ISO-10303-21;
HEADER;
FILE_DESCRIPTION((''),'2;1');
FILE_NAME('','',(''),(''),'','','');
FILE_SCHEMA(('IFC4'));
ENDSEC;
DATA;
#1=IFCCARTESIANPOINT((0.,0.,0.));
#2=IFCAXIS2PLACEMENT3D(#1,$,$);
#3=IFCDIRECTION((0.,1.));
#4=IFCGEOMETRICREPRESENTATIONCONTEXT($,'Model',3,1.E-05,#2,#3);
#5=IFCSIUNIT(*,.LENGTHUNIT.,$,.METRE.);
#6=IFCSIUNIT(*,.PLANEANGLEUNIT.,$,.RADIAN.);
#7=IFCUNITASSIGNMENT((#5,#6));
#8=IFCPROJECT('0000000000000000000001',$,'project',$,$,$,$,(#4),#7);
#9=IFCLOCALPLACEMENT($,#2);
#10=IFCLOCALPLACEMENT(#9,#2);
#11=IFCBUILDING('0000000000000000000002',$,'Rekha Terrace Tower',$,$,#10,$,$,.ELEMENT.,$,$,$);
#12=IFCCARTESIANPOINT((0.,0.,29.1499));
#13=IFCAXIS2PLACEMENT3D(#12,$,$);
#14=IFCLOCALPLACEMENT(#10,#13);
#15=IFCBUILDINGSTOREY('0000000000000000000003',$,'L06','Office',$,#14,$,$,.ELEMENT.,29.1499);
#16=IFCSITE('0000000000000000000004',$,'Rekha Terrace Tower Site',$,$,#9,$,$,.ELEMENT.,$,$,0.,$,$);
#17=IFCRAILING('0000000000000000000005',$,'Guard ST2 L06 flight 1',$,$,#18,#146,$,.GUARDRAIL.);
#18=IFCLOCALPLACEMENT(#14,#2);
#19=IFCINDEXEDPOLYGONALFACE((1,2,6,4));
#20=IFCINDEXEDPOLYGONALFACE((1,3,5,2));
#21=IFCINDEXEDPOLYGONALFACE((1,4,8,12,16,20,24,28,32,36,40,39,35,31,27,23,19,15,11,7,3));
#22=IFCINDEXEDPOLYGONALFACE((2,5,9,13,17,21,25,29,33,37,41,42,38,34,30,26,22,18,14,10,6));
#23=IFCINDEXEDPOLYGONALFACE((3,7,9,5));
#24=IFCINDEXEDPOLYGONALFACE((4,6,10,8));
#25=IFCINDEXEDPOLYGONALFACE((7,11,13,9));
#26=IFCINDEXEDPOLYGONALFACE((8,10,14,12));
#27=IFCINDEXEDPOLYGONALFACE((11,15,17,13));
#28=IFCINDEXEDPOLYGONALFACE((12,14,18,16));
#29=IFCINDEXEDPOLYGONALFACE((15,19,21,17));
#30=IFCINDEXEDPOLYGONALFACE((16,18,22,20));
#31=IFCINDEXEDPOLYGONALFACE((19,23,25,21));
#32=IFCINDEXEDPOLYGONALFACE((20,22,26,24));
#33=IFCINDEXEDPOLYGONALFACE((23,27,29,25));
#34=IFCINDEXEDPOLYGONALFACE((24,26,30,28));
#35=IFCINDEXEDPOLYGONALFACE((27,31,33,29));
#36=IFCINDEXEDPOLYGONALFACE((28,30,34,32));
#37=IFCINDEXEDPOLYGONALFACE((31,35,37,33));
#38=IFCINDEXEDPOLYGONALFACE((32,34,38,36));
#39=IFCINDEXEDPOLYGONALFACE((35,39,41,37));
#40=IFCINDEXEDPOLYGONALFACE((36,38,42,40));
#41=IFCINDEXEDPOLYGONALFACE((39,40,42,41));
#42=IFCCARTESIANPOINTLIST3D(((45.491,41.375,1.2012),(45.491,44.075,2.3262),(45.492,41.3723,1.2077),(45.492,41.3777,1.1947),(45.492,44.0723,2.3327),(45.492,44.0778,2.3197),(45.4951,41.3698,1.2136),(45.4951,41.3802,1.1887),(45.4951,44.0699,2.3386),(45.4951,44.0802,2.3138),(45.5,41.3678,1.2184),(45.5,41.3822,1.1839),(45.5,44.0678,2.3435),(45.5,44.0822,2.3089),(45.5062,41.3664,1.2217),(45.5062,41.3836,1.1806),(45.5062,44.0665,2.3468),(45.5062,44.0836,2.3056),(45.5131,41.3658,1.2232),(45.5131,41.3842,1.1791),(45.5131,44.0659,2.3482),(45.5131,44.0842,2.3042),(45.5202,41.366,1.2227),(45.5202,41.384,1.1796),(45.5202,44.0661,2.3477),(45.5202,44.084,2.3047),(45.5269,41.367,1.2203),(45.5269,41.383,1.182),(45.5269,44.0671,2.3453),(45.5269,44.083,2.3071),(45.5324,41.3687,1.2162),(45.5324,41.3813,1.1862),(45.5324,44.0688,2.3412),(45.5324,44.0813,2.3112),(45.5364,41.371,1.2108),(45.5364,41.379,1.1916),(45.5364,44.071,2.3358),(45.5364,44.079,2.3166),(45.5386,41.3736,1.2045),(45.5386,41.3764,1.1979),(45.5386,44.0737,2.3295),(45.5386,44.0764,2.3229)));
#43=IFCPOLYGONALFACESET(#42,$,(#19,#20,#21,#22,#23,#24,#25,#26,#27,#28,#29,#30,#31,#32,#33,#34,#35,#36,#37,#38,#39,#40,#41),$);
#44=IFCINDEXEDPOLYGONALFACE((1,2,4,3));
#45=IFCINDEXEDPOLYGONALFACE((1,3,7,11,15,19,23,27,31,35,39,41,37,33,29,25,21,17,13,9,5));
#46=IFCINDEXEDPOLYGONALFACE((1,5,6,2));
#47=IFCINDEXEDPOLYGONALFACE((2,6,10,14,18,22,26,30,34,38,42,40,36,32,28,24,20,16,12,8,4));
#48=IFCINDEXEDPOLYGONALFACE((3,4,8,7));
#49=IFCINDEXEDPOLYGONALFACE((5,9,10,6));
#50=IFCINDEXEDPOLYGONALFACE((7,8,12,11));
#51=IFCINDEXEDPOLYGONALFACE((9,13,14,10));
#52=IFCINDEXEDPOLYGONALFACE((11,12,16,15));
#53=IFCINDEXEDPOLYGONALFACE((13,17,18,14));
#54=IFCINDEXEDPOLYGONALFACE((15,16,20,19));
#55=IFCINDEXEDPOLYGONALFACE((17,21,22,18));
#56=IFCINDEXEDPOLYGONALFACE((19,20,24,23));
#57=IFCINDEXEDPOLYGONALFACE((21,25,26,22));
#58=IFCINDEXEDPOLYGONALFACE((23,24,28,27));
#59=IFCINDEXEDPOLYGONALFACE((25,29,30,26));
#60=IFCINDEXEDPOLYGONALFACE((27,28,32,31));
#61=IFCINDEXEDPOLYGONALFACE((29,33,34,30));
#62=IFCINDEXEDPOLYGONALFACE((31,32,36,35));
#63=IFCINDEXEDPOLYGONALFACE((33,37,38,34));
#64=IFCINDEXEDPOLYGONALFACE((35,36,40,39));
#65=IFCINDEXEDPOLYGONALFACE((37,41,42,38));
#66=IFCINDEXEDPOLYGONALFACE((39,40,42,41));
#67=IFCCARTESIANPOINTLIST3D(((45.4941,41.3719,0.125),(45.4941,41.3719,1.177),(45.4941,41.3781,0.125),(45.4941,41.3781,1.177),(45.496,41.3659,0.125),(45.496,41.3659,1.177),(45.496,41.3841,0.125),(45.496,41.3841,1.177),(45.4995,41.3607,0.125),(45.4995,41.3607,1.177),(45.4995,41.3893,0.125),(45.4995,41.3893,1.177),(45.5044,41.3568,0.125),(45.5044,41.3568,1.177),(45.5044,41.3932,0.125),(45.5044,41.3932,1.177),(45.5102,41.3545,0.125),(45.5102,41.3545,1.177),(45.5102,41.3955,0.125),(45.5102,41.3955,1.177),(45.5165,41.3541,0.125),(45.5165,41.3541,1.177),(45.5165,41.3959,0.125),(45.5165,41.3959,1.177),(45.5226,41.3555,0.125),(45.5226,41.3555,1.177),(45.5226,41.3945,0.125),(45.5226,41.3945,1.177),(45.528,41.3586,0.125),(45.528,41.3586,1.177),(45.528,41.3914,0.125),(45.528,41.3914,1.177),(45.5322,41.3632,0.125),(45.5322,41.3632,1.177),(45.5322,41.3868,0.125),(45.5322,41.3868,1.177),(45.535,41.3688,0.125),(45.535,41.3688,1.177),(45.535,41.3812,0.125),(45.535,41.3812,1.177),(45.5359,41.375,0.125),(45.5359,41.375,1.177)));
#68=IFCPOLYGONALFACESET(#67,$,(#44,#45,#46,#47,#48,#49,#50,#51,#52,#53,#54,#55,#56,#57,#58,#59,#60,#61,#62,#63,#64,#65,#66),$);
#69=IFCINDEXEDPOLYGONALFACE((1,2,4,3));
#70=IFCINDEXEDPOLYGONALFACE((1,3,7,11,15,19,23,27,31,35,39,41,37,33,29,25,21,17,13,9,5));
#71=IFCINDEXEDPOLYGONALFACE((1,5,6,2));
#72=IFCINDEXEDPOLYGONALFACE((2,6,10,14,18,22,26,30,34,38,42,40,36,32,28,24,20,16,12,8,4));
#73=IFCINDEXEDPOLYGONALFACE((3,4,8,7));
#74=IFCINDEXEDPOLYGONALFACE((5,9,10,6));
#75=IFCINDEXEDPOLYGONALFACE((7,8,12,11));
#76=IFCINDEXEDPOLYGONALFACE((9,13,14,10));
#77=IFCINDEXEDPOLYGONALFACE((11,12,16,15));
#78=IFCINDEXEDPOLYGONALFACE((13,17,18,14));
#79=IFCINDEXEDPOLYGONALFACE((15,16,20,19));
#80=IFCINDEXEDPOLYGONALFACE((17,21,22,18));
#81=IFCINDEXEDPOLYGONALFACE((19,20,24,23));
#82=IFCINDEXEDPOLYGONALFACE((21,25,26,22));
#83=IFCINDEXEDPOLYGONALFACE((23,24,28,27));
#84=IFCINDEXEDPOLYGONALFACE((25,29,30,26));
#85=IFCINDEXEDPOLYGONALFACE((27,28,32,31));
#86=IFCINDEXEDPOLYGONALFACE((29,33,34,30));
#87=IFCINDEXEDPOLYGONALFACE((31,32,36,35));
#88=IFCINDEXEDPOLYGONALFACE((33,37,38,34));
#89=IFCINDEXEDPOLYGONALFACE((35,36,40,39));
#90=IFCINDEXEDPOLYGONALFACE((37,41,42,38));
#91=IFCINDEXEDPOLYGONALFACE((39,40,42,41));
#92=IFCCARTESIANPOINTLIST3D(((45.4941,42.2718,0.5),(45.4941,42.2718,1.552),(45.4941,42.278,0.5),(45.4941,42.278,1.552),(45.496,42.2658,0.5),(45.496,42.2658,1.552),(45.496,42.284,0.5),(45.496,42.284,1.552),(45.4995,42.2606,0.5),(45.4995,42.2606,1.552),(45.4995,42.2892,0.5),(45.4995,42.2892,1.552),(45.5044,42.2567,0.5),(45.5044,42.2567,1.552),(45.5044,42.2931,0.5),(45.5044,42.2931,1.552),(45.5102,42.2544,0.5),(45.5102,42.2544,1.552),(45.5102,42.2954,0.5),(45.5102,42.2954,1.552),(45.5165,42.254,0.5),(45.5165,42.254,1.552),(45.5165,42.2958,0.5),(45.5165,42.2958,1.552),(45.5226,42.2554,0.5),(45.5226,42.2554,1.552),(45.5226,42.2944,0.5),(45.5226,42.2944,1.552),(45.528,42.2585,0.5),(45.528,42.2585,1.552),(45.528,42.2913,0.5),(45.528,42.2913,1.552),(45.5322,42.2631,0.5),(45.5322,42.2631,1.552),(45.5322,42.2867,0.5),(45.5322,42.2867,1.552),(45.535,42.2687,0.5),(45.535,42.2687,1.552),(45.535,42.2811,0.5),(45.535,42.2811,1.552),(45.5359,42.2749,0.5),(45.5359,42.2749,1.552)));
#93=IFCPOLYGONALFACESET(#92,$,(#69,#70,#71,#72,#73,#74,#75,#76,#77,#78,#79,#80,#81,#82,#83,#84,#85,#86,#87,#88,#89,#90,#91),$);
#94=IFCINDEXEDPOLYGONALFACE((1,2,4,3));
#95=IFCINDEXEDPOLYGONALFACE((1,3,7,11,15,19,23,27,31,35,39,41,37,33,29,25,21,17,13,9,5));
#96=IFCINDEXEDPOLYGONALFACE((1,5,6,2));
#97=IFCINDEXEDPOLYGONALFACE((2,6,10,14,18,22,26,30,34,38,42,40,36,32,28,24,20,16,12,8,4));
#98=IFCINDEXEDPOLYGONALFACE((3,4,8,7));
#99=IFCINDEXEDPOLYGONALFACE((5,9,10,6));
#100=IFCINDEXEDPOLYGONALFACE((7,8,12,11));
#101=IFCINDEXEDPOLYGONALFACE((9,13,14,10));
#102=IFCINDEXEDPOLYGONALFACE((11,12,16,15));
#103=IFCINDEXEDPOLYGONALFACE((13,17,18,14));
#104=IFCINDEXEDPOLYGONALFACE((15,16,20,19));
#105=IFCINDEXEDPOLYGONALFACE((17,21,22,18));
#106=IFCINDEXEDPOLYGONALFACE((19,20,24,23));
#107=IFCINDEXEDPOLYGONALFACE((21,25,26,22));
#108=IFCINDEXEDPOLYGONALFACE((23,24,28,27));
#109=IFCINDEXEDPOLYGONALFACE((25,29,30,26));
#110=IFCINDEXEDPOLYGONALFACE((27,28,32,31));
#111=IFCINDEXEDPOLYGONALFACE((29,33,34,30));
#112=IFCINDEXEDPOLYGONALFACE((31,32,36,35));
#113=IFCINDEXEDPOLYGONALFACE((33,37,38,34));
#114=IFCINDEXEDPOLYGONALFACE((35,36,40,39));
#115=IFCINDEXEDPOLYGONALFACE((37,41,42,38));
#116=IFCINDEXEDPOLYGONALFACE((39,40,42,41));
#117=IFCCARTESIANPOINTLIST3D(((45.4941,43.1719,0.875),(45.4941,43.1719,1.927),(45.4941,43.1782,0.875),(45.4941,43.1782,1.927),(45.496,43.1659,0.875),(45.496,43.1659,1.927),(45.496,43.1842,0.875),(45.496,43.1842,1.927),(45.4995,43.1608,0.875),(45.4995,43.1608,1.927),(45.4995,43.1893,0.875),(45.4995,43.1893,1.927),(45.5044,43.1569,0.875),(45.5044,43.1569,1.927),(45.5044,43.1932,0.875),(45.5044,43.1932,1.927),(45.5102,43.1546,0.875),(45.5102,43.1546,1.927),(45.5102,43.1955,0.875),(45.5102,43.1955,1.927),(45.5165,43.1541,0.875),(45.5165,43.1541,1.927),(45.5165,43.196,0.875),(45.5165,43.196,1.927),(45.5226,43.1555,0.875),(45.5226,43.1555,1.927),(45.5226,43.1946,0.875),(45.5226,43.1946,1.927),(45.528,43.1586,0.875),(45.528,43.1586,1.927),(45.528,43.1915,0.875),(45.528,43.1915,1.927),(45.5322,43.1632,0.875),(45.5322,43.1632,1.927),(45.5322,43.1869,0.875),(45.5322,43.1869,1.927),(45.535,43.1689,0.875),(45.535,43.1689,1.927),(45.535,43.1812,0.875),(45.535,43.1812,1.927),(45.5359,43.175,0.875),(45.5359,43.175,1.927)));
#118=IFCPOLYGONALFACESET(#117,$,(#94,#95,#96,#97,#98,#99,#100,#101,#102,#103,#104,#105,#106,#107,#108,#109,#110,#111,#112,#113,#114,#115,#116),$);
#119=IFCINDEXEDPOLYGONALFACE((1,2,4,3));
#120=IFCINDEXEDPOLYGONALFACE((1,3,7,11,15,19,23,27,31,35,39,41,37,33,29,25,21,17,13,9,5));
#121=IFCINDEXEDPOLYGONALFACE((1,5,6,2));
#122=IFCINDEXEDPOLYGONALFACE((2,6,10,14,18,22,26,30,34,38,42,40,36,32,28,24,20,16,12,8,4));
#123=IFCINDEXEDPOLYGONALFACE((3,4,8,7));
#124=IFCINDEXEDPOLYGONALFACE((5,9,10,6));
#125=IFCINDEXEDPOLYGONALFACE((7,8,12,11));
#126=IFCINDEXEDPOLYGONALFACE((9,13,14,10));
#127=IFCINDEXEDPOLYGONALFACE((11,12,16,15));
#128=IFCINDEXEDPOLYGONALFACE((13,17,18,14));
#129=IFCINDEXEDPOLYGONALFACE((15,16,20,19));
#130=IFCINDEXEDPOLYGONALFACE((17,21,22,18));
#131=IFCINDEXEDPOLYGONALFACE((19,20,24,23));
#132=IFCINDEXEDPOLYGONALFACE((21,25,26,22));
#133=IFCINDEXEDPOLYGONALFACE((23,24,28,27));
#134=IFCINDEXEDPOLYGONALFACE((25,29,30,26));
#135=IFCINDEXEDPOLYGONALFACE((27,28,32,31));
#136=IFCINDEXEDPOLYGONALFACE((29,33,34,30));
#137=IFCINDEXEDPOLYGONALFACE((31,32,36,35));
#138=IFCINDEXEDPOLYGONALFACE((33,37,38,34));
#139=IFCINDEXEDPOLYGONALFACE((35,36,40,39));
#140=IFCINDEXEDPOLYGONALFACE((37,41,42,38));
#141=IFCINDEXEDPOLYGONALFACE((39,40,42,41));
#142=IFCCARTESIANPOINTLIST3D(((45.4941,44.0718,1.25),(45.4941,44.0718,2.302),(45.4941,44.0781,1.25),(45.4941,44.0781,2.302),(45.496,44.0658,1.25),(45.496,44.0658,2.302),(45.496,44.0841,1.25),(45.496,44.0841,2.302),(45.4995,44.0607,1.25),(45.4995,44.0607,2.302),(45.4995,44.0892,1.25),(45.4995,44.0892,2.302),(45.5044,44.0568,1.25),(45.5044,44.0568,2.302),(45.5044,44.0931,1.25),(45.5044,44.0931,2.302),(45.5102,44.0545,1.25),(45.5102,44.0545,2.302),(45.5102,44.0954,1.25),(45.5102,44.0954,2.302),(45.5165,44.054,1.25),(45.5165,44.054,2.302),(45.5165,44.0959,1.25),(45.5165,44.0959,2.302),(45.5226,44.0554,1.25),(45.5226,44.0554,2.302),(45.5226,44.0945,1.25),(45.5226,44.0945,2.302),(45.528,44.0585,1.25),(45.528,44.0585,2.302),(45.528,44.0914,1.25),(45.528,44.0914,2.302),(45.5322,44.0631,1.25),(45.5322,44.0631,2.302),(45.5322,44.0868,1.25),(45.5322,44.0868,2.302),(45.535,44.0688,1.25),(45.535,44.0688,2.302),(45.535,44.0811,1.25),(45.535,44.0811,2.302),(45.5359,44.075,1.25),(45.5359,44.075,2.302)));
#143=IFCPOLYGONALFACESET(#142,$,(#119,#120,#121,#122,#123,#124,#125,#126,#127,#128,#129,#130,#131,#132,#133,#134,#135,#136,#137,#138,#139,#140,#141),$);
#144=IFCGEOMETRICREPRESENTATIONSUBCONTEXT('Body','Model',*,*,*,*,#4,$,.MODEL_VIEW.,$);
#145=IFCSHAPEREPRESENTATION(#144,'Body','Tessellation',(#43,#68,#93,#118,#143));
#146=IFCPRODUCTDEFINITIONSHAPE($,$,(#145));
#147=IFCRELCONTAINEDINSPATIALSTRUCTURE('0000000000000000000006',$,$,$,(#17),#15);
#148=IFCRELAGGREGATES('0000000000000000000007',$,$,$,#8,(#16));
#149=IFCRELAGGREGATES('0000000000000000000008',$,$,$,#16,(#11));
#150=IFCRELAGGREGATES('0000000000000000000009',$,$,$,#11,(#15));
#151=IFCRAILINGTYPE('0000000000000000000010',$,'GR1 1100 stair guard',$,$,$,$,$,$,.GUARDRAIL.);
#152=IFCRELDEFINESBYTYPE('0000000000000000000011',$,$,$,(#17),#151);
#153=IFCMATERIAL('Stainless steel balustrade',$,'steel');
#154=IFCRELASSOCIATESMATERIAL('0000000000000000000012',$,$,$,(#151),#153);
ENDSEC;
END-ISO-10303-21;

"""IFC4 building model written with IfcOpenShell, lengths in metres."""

from ifc_helpers import new_model, si_unit, direction, frame, origin, origin_2d, place, context, subcontext, project, spatial, circle, extrude, material, type_object, element, save


model = new_model("IFC4")

# Units and contexts
model_context = context("Model", 3, precision=1e-05, world=origin(), true_north=direction((0.0, 1.0)))
body_context = subcontext(model_context, "Body", "Model", "MODEL_VIEW")
ifc_project = project(units=[si_unit("LENGTHUNIT", "METRE"), si_unit("PLANEANGLEUNIT", "RADIAN")], contexts=[model_context])

# Site, building, storey
site_placement = place(None, origin())
site = spatial("IfcSite", under=ifc_project, at=site_placement, Name="Rekha Terrace Tower Site", CompositionType="ELEMENT", RefElevation=0.0)
building_placement = place(site_placement, origin())
building = spatial("IfcBuilding", under=site, at=building_placement, Name="Rekha Terrace Tower", CompositionType="ELEMENT")
storey_placement = place(building_placement, frame((0.0, 0.0, 29.1499)))
storey = spatial("IfcBuildingStorey", under=building, at=storey_placement, Name="L06", Description="Office", CompositionType="ELEMENT", Elevation=29.1499)

# Railing
ifc_material_1 = material(Name="Stainless steel balustrade", Category="steel")
railing_type_1 = type_object("IfcRailingType", Name="GR1 1100 stair guard", PredefinedType="GUARDRAIL", material=ifc_material_1)
railing_1_placement = place(storey_placement, frame((45.5149, 41.375, 0.125)))
element("IfcRailing", 1, at=railing_1_placement, inside=storey, type_object=railing_type_1, Name="Guard ST2 L06 flight 1", PredefinedType="GUARDRAIL", context=body_context, shape_type="SweptSolid", body=[
    extrude(circle(Radius=0.0239, at=origin_2d()), frame((0.0, 0.0, 1.0762), z_axis=(0.0, 0.923074, 0.384621), x_axis=(-1.0, 0.0, 0.0)), (0.0, 0.0, 1.0), 2.925),
    extrude(circle(Radius=0.021, at=origin_2d()), origin(), (0.0, 0.0, 1.0), 1.052),
    extrude(circle(Radius=0.021, at=origin_2d()), frame((0.0, 0.8999, 0.375)), (0.0, 0.0, 1.0), 1.052),
    extrude(circle(Radius=0.021, at=origin_2d()), frame((0.0, 1.8, 0.75)), (0.0, 0.0, 1.0), 1.052),
    extrude(circle(Radius=0.021, at=origin_2d()), frame((0.0, 2.7, 1.125)), (0.0, 0.0, 1.0), 1.052),
])

save(model, "model.ifc")
